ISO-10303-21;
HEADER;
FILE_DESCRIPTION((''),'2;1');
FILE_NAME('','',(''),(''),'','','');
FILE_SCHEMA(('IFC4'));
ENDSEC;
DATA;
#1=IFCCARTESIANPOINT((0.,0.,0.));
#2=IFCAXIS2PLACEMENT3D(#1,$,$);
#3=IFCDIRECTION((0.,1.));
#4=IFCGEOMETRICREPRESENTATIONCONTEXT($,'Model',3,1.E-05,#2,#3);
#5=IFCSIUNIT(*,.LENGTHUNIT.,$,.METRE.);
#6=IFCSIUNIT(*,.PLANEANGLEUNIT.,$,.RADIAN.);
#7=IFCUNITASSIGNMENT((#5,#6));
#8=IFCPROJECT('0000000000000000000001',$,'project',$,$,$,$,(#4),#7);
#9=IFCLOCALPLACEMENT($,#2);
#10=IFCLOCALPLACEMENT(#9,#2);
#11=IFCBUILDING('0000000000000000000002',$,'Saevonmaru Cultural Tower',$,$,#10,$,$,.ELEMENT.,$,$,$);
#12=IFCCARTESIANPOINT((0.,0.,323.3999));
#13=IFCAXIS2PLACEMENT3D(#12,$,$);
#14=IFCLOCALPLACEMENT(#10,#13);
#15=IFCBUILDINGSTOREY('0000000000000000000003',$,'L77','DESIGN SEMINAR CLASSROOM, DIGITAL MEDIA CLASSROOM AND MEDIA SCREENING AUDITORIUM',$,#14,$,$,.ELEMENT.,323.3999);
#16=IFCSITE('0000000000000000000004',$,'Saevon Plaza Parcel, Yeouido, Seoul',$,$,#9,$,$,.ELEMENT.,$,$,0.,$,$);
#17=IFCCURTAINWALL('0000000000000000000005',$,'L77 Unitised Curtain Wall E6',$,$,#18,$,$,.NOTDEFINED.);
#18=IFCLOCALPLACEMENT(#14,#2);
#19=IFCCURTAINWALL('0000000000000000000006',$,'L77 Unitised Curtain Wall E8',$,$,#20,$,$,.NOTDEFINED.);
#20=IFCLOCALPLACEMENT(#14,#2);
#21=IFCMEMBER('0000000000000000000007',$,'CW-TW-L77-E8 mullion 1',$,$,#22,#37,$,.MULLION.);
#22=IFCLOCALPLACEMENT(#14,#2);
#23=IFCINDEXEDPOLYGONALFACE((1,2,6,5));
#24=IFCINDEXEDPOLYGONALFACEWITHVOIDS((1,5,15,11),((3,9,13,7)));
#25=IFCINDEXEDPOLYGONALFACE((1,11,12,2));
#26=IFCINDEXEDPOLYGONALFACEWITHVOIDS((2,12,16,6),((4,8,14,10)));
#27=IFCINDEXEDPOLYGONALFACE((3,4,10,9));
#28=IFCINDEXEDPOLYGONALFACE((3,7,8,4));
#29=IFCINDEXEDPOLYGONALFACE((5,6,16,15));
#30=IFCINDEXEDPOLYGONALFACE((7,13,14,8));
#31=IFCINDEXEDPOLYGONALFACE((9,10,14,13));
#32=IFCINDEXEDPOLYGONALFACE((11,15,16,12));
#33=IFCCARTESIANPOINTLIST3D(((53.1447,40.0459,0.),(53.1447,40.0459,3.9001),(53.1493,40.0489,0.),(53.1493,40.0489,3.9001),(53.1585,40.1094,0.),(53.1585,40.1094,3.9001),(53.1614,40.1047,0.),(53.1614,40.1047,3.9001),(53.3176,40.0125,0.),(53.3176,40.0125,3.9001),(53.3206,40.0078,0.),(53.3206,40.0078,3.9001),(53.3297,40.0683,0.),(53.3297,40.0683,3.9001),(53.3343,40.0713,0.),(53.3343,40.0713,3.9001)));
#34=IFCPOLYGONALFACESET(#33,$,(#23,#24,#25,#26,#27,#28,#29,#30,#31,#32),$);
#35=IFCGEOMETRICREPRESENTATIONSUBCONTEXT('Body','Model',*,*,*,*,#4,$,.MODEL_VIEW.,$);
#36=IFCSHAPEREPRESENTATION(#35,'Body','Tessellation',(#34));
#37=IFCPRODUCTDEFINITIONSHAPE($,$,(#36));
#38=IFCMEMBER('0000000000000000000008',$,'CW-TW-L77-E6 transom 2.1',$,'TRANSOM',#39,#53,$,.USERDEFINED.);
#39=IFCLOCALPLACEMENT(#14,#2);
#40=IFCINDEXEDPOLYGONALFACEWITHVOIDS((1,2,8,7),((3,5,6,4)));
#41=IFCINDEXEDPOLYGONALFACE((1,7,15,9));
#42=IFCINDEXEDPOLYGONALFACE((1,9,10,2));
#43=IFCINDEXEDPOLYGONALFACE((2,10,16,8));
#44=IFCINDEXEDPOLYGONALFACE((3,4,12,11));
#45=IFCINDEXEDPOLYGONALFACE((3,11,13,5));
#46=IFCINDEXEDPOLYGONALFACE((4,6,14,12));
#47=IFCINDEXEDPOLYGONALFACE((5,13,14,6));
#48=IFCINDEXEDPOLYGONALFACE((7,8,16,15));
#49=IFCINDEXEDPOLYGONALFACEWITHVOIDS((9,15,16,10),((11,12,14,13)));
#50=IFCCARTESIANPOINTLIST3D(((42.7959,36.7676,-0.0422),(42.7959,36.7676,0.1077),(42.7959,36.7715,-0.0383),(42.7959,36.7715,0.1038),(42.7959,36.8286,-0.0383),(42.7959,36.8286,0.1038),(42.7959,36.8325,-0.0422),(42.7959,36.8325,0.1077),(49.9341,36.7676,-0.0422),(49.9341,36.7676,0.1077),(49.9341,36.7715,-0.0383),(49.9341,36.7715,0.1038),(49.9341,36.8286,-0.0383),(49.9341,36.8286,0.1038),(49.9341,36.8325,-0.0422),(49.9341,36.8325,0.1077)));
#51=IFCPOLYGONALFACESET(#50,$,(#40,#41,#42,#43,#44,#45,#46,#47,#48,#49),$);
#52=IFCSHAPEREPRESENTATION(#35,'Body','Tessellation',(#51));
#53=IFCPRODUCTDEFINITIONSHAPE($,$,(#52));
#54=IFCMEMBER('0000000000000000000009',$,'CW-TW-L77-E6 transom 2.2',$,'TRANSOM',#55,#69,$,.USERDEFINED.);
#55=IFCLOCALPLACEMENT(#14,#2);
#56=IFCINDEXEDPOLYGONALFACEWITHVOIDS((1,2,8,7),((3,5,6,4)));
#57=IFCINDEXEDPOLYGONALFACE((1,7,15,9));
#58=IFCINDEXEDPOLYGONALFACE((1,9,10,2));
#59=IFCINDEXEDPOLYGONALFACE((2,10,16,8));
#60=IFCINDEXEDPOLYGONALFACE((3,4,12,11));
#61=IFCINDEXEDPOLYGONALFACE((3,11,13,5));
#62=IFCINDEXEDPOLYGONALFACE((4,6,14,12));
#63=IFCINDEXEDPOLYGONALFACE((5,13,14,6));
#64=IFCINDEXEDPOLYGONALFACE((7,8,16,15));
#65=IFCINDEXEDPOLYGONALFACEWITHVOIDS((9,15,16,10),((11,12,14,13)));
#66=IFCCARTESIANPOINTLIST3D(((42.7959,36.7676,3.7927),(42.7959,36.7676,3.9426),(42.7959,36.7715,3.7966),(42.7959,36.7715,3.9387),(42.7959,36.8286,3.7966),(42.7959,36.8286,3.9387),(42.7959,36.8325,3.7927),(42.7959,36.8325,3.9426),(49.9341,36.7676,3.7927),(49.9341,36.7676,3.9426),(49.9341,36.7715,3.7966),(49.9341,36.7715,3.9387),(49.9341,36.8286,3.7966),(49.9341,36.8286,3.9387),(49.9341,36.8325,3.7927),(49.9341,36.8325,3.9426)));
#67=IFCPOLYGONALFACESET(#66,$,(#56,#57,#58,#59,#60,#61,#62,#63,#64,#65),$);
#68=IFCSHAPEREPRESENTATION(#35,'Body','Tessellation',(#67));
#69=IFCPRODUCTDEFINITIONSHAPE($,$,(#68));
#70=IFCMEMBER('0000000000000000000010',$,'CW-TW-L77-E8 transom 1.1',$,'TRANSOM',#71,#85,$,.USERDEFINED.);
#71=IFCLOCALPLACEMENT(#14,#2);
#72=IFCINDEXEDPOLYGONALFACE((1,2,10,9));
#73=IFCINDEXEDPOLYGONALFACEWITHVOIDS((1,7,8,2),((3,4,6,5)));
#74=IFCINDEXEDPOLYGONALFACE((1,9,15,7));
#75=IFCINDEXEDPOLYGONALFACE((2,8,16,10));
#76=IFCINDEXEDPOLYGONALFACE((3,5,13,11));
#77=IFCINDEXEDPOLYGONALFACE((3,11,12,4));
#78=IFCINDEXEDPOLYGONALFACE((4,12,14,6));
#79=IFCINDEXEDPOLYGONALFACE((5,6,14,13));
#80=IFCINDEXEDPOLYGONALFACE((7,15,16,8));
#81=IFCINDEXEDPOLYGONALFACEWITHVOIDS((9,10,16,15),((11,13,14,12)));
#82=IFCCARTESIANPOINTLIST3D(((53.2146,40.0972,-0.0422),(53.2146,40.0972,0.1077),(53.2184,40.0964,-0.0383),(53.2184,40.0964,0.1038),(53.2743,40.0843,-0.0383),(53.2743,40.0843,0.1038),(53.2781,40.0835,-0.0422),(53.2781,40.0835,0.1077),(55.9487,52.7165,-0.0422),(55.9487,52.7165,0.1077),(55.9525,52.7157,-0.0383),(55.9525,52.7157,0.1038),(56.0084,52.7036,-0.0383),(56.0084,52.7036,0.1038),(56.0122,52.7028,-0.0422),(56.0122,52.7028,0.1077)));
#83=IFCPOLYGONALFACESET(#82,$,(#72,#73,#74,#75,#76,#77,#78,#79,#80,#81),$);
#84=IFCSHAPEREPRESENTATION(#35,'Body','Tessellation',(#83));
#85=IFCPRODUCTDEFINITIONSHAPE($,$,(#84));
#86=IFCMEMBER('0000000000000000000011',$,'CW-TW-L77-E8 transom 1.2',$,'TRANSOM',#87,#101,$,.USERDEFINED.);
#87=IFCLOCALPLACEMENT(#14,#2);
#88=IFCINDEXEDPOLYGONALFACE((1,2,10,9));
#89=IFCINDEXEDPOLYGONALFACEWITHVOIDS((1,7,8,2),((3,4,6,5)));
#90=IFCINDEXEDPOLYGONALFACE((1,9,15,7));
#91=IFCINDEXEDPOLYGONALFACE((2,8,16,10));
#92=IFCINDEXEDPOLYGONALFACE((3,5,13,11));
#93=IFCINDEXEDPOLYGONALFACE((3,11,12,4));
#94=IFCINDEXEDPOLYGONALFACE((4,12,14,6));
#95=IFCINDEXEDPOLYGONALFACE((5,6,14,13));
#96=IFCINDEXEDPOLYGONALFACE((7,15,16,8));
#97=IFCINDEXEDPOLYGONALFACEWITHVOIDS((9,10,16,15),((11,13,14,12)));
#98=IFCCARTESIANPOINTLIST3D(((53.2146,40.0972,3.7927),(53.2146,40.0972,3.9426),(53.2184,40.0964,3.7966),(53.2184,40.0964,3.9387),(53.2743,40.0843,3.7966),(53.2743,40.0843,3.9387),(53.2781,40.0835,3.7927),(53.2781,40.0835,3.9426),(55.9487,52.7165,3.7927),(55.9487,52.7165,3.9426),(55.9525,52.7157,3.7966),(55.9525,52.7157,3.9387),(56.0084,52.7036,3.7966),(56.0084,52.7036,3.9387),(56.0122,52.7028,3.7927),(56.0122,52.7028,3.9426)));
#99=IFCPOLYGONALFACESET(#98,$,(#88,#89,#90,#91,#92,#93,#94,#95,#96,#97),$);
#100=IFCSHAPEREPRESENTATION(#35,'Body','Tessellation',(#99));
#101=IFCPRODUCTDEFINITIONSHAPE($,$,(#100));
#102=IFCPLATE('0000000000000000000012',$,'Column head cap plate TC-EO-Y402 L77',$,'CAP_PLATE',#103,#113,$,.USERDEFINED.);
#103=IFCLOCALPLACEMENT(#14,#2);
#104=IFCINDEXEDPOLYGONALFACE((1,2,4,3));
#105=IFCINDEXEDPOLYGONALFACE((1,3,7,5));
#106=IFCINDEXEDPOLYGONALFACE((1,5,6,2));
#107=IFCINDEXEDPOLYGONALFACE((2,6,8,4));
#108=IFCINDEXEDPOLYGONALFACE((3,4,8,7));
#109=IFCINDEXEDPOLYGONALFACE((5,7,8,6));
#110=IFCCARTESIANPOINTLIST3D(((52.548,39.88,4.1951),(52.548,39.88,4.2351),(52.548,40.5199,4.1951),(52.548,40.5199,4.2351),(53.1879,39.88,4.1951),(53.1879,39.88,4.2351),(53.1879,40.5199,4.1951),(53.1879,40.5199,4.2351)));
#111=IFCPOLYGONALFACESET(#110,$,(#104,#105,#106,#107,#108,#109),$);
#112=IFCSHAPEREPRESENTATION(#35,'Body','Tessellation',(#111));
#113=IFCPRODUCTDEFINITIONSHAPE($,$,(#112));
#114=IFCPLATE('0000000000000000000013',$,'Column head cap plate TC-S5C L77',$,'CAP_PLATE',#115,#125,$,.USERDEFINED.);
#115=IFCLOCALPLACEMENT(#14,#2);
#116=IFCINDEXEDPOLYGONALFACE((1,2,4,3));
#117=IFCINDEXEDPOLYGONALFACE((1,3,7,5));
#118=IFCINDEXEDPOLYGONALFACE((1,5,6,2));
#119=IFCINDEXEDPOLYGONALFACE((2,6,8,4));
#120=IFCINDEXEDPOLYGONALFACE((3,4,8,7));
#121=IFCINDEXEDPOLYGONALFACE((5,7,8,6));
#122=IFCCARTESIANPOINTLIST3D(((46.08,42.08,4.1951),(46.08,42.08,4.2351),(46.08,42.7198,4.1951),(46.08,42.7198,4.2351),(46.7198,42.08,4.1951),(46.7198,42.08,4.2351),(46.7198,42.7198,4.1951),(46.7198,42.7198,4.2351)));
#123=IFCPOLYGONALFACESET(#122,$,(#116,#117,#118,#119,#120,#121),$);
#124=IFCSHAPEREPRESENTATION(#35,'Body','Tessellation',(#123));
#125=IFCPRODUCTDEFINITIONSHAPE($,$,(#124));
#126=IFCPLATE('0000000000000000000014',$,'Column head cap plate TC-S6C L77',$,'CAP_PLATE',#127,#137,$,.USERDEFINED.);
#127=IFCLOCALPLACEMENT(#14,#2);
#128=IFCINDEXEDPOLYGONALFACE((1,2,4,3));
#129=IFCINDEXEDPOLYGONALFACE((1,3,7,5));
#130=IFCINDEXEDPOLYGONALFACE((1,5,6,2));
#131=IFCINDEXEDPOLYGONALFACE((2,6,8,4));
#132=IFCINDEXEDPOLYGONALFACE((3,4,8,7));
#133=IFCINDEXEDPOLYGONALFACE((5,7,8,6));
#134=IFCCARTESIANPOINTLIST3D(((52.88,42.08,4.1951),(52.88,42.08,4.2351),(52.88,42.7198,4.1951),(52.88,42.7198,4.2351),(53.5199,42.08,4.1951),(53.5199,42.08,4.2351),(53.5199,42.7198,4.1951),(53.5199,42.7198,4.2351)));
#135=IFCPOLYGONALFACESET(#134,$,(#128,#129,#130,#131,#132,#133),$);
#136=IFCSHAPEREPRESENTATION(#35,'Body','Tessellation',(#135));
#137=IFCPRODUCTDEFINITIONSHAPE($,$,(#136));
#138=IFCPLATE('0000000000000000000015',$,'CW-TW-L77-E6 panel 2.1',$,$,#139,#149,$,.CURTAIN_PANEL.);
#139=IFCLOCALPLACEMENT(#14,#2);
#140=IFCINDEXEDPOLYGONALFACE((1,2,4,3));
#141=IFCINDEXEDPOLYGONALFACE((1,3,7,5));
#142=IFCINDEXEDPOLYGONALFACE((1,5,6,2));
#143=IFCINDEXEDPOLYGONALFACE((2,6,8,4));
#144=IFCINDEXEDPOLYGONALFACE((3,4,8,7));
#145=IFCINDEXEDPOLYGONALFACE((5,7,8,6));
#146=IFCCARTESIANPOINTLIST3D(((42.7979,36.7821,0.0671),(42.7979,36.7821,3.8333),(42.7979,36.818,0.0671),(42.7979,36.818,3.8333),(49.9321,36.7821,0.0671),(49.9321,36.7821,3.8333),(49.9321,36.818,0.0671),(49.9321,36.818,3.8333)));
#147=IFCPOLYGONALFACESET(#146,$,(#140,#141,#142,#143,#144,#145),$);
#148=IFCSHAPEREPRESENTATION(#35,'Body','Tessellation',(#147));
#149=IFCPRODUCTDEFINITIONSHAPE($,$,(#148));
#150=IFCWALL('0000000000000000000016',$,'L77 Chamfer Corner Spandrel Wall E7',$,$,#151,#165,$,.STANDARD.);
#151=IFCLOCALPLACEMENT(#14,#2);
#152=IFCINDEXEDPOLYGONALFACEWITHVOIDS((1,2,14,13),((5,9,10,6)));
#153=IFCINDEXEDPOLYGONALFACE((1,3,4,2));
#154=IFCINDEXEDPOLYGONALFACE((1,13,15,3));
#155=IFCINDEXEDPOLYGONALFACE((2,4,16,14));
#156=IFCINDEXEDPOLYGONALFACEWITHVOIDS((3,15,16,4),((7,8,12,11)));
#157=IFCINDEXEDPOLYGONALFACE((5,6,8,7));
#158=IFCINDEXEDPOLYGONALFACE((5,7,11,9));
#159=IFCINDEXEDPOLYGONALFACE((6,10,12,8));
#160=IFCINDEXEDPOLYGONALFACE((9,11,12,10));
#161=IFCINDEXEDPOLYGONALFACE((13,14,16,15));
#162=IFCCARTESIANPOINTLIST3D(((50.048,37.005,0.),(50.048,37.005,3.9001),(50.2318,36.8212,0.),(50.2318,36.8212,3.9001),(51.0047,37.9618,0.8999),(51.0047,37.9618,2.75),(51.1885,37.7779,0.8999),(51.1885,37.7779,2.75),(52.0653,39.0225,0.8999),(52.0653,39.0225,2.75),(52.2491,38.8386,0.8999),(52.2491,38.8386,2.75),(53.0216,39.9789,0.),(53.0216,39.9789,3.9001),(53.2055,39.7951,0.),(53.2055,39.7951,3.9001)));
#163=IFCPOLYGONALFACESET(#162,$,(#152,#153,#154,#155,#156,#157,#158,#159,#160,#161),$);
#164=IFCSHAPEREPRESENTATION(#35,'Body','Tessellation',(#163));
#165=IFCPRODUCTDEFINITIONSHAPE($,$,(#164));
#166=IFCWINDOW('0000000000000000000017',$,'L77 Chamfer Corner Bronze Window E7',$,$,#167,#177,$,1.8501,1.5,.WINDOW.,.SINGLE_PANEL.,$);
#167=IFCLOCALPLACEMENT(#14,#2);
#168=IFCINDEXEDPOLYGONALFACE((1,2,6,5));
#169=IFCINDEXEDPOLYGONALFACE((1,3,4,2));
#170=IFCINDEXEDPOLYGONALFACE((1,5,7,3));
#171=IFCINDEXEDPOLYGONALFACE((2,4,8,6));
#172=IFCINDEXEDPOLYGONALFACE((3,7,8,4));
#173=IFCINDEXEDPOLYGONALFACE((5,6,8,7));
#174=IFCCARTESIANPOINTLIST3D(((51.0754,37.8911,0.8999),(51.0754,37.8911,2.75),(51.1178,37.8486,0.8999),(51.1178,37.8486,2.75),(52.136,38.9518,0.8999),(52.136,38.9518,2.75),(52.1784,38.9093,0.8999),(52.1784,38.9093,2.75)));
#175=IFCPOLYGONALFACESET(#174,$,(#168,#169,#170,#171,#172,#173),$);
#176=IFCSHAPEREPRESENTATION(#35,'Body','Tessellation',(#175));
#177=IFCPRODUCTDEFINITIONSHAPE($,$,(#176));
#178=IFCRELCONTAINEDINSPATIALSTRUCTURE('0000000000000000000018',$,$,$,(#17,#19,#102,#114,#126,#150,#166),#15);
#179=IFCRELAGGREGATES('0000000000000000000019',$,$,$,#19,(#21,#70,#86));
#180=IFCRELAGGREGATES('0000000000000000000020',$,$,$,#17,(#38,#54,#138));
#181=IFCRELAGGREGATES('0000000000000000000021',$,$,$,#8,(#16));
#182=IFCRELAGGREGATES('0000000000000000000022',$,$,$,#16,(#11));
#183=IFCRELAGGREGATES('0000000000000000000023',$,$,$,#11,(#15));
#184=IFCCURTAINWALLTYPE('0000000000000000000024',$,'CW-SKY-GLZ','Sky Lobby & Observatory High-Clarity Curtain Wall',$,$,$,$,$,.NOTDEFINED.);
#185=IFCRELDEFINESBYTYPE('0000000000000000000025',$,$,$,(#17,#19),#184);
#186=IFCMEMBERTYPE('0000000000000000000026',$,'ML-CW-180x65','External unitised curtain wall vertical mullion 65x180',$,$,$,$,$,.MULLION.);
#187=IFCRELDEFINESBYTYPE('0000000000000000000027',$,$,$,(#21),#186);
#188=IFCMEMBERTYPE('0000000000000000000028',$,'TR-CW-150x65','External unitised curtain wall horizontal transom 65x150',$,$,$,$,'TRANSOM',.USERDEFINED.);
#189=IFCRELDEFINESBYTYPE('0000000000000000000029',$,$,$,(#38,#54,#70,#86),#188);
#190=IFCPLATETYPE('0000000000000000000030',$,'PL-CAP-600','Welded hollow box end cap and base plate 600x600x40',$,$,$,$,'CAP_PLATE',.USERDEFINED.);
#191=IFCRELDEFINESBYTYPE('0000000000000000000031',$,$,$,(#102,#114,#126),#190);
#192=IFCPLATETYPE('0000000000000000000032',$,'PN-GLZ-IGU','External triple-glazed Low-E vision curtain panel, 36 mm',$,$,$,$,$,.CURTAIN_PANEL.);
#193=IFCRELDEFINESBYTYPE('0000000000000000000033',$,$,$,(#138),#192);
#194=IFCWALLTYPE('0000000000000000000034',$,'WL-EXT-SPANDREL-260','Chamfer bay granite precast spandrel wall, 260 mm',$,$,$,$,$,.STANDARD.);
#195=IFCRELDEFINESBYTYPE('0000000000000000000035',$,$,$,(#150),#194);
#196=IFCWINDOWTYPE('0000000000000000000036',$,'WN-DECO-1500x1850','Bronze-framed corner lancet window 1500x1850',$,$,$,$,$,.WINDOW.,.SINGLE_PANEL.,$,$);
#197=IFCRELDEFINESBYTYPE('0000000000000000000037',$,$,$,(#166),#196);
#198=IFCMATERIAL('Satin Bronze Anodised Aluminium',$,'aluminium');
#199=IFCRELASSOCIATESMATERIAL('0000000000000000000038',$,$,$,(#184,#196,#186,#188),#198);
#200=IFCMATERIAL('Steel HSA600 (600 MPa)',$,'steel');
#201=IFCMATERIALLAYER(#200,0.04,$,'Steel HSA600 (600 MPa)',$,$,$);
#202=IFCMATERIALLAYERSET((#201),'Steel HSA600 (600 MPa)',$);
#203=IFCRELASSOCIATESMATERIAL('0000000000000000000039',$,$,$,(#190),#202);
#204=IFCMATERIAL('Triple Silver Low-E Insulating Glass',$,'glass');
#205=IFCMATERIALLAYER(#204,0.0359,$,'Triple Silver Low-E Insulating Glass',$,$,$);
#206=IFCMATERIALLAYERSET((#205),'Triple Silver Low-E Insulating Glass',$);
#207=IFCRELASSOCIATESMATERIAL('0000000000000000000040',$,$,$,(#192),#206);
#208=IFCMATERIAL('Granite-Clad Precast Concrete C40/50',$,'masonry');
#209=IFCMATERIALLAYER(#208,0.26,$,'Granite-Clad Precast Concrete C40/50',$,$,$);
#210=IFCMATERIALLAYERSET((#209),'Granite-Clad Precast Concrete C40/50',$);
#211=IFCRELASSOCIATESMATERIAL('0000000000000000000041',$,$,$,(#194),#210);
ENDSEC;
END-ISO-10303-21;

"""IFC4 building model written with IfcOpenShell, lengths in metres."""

from ifc_helpers import new_model, si_unit, direction, frame, frame_2d, origin, origin_2d, place, context, subcontext, project, spatial, rectangle, hollow_rectangle, extrude, material, layer, layer_set, material_profile, profile_set, type_object, element, fill, aggregate, save


model = new_model("IFC4")

# Units and contexts
model_context = context("Model", 3, precision=1e-05, world=origin(), true_north=direction((0.0, 1.0)))
body_context = subcontext(model_context, "Body", "Model", "MODEL_VIEW")
ifc_project = project(units=[si_unit("LENGTHUNIT", "METRE"), si_unit("PLANEANGLEUNIT", "RADIAN")], contexts=[model_context])

# Site, building, storey
site_placement = place(None, origin())
site = spatial("IfcSite", under=ifc_project, at=site_placement, Name="Saevon Plaza Parcel, Yeouido, Seoul", CompositionType="ELEMENT", RefElevation=0.0)
building_placement = place(site_placement, origin())
building = spatial("IfcBuilding", under=site, at=building_placement, Name="Saevonmaru Cultural Tower", CompositionType="ELEMENT")
storey_placement = place(building_placement, frame((0.0, 0.0, 323.3999)))
storey = spatial("IfcBuildingStorey", under=building, at=storey_placement, Name="L77", Description="DESIGN SEMINAR CLASSROOM, DIGITAL MEDIA CLASSROOM AND MEDIA SCREENING AUDITORIUM", CompositionType="ELEMENT", Elevation=323.3999)

# Curtain wall
ifc_material_1 = material(Name="Satin Bronze Anodised Aluminium", Category="aluminium")
curtain_wall_type = type_object("IfcCurtainWallType", Name="CW-SKY-GLZ", Description="Sky Lobby & Observatory High-Clarity Curtain Wall", PredefinedType="NOTDEFINED", material=ifc_material_1)
curtain_wall_1_placement = place(storey_placement, origin())
curtain_wall_1 = element("IfcCurtainWall", 1, at=curtain_wall_1_placement, inside=storey, type_object=curtain_wall_type, Name="L77 Unitised Curtain Wall E6", PredefinedType="NOTDEFINED")
ifc_material_profile_1 = material_profile(ifc_material_1, hollow_rectangle(XDim=0.0649, YDim=0.1799, WallThickness=0.0039, at=origin_2d()), Name="ALU-MULL-180x65x4")
ifc_profile_set_1 = profile_set([ifc_material_profile_1], Name="Satin Bronze Anodised Aluminium")
member_type_1 = type_object("IfcMemberType", Name="ML-CW-180x65", Description="External unitised curtain wall vertical mullion 65x180", PredefinedType="MULLION", material=ifc_profile_set_1)

# Curtain wall, member
curtain_wall_2_placement = place(storey_placement, origin())
curtain_wall_2 = element("IfcCurtainWall", 2, at=curtain_wall_2_placement, inside=storey, type_object=curtain_wall_type, Name="L77 Unitised Curtain Wall E8", PredefinedType="NOTDEFINED")
member_1_placement = place(storey_placement, frame((53.2395, 40.0586, 0.0), z_axis=(0.0, 0.0, 1.0), x_axis=(0.21175, 0.977324, 0.0)))
member_1 = element("IfcMember", 3, at=member_1_placement, type_object=member_type_1, Name="CW-TW-L77-E8 mullion 1", PredefinedType="MULLION", context=body_context, shape_type="SweptSolid", body=[
    extrude(hollow_rectangle(XDim=0.0649, YDim=0.1799, WallThickness=0.0039, at=origin_2d()), origin(), (0.0, 0.0, 1.0), 3.9001),
])

# Members
ifc_material_profile_2 = material_profile(ifc_material_1, hollow_rectangle(XDim=0.0649, YDim=0.1499, WallThickness=0.0039, at=origin_2d()), Name="ALU-TRAN-150x65x4")
ifc_profile_set_2 = profile_set([ifc_material_profile_2], Name="Satin Bronze Anodised Aluminium")
member_type_2 = type_object("IfcMemberType", Name="TR-CW-150x65", Description="External unitised curtain wall horizontal transom 65x150", ElementType="TRANSOM", PredefinedType="USERDEFINED", material=ifc_profile_set_2)
member_2_placement = place(storey_placement, frame((42.7959, 36.8, 0.0327), z_axis=(1.0, 0.0, 0.0), x_axis=(0.0, 1.0, 0.0)))
member_2 = element("IfcMember", 4, at=member_2_placement, type_object=member_type_2, Name="CW-TW-L77-E6 transom 2.1", ObjectType="TRANSOM", PredefinedType="USERDEFINED", context=body_context, shape_type="SweptSolid", body=[
    extrude(hollow_rectangle(XDim=0.0649, YDim=0.1499, WallThickness=0.0039, at=origin_2d()), origin(), (0.0, 0.0, 1.0), 7.1382),
])
member_3_placement = place(storey_placement, frame((42.7959, 36.8, 3.8677), z_axis=(1.0, 0.0, 0.0), x_axis=(0.0, 1.0, 0.0)))
member_3 = element("IfcMember", 5, at=member_3_placement, type_object=member_type_2, Name="CW-TW-L77-E6 transom 2.2", ObjectType="TRANSOM", PredefinedType="USERDEFINED", context=body_context, shape_type="SweptSolid", body=[
    extrude(hollow_rectangle(XDim=0.0649, YDim=0.1499, WallThickness=0.0039, at=origin_2d()), origin(), (0.0, 0.0, 1.0), 7.1382),
])
member_4_placement = place(storey_placement, frame((53.2463, 40.0903, 0.0327), z_axis=(0.211748, 0.977324, 0.0), x_axis=(-0.977324, 0.211748, 0.0)))
member_4 = element("IfcMember", 6, at=member_4_placement, type_object=member_type_2, Name="CW-TW-L77-E8 transom 1.1", ObjectType="TRANSOM", PredefinedType="USERDEFINED", context=body_context, shape_type="SweptSolid", body=[
    extrude(hollow_rectangle(XDim=0.0649, YDim=0.1499, WallThickness=0.0039, at=origin_2d()), origin(), (0.0, 0.0, 1.0), 12.9121),
])
member_5_placement = place(storey_placement, frame((53.2463, 40.0903, 3.8677), z_axis=(0.211748, 0.977324, 0.0), x_axis=(-0.977324, 0.211748, 0.0)))
member_5 = element("IfcMember", 7, at=member_5_placement, type_object=member_type_2, Name="CW-TW-L77-E8 transom 1.2", ObjectType="TRANSOM", PredefinedType="USERDEFINED", context=body_context, shape_type="SweptSolid", body=[
    extrude(hollow_rectangle(XDim=0.0649, YDim=0.1499, WallThickness=0.0039, at=origin_2d()), origin(), (0.0, 0.0, 1.0), 12.9121),
])
aggregate(curtain_wall_2, [member_1, member_4, member_5])

# Plates
ifc_material_2 = material(Name="Steel HSA600 (600 MPa)", Category="steel")
ifc_layer_1 = layer(ifc_material_2, 0.04, Name="Steel HSA600 (600 MPa)")
ifc_layer_set_1 = layer_set([ifc_layer_1], Name="Steel HSA600 (600 MPa)")
plate_type_1 = type_object("IfcPlateType", Name="PL-CAP-600", Description="Welded hollow box end cap and base plate 600x600x40", ElementType="CAP_PLATE", PredefinedType="USERDEFINED", material=ifc_layer_set_1)
for number, where, z_axis, x_axis, name in (
    (8, (52.8679, 40.2, 4.1951), (0.0, 0.0, 1.0), (1.0, 0.0, 0.0), "Column head cap plate TC-EO-Y402 L77"),
    (9, (46.3999, 42.3999, 4.1951), (0.0, 0.0, 1.0), (1.0, 0.0, 0.0), "Column head cap plate TC-S5C L77"),
    (10, (53.2, 42.3999, 4.1951), (0.0, 0.0, 1.0), (1.0, 0.0, 0.0), "Column head cap plate TC-S6C L77"),
):
    element("IfcPlate", number, at=place(storey_placement, frame(where, z_axis=z_axis, x_axis=x_axis)), inside=storey, type_object=plate_type_1, Name=name, ObjectType="CAP_PLATE", PredefinedType="USERDEFINED", context=body_context, shape_type="SweptSolid", body=[
        extrude(rectangle(XDim=0.6399, YDim=0.6399, at=origin_2d()), origin(), (0.0, 0.0, 1.0), 0.04),
    ])

# Plate
ifc_material_3 = material(Name="Triple Silver Low-E Insulating Glass", Category="glass")
ifc_layer_2 = layer(ifc_material_3, 0.0359, Name="Triple Silver Low-E Insulating Glass")
ifc_layer_set_2 = layer_set([ifc_layer_2], Name="Triple Silver Low-E Insulating Glass")
plate_type_2 = type_object("IfcPlateType", Name="PN-GLZ-IGU", Description="External triple-glazed Low-E vision curtain panel, 36 mm", PredefinedType="CURTAIN_PANEL", material=ifc_layer_set_2)
plate_placement = place(storey_placement, frame((46.365, 36.8, 0.0671), z_axis=(0.0, 0.0, 1.0), x_axis=(1.0, 0.0, 0.0)))
plate = element("IfcPlate", 11, at=plate_placement, type_object=plate_type_2, Name="CW-TW-L77-E6 panel 2.1", PredefinedType="CURTAIN_PANEL", context=body_context, shape_type="SweptSolid", body=[
    extrude(rectangle(XDim=7.1343, YDim=0.0359, at=origin_2d()), origin(), (0.0, 0.0, 1.0), 3.7661),
])
aggregate(curtain_wall_1, [member_2, member_3, plate])

# Wall, opening, window
ifc_material_4 = material(Name="Granite-Clad Precast Concrete C40/50", Category="masonry")
ifc_layer_3 = layer(ifc_material_4, 0.26, Name="Granite-Clad Precast Concrete C40/50")
ifc_layer_set_3 = layer_set([ifc_layer_3], Name="Granite-Clad Precast Concrete C40/50")
wall_type_1 = type_object("IfcWallType", Name="WL-EXT-SPANDREL-260", Description="Chamfer bay granite precast spandrel wall, 260 mm", PredefinedType="STANDARD", material=ifc_layer_set_3)
wall_1_placement = place(storey_placement, frame((50.1399, 36.9131, 0.0), z_axis=(0.0, 0.0, 1.0), x_axis=(0.707078, 0.707136, 0.0)))
wall_1 = element("IfcWall", 12, at=wall_1_placement, inside=storey, type_object=wall_type_1, Name="L77 Chamfer Corner Spandrel Wall E7", PredefinedType="STANDARD", context=body_context, shape_type="SweptSolid", body=[
    extrude(rectangle(XDim=4.2056, YDim=0.26, at=frame_2d((2.1028, 0.0))), origin(), (0.0, 0.0, 1.0), 3.9001),
])
opening_1_placement = place(wall_1_placement, frame((1.353, 0.0, 0.8999)))
opening_1 = element("IfcOpeningElement", 13, at=opening_1_placement, cuts=wall_1, PredefinedType="OPENING", context=body_context, shape_type="SweptSolid", body=[
    extrude(rectangle(XDim=1.5, YDim=1.8501, at=frame_2d((0.75, 0.925))), frame((0.0, 0.1401, 0.0), z_axis=(0.0, -1.0, 0.0), x_axis=(1.0, 0.0, 0.0)), (0.0, 0.0, 1.0), 0.28),
])
window_type = type_object("IfcWindowType", Name="WN-DECO-1500x1850", Description="Bronze-framed corner lancet window 1500x1850", PartitioningType="SINGLE_PANEL", PredefinedType="WINDOW", material=ifc_material_1)
window_placement = place(opening_1_placement, origin())
window = element("IfcWindow", 14, at=window_placement, inside=storey, type_object=window_type, Name="L77 Chamfer Corner Bronze Window E7", OverallHeight=1.8501, OverallWidth=1.5, PartitioningType="SINGLE_PANEL", PredefinedType="WINDOW", context=body_context, shape_type="SweptSolid", body=[
    extrude(rectangle(XDim=1.5, YDim=1.8501, at=frame_2d((0.75, 0.925))), frame((0.0, 0.03, 0.0), z_axis=(0.0, -1.0, 0.0), x_axis=(1.0, 0.0, 0.0)), (0.0, 0.0, 1.0), 0.0601),
])
fill(opening_1, window)

save(model, "model.ifc")
